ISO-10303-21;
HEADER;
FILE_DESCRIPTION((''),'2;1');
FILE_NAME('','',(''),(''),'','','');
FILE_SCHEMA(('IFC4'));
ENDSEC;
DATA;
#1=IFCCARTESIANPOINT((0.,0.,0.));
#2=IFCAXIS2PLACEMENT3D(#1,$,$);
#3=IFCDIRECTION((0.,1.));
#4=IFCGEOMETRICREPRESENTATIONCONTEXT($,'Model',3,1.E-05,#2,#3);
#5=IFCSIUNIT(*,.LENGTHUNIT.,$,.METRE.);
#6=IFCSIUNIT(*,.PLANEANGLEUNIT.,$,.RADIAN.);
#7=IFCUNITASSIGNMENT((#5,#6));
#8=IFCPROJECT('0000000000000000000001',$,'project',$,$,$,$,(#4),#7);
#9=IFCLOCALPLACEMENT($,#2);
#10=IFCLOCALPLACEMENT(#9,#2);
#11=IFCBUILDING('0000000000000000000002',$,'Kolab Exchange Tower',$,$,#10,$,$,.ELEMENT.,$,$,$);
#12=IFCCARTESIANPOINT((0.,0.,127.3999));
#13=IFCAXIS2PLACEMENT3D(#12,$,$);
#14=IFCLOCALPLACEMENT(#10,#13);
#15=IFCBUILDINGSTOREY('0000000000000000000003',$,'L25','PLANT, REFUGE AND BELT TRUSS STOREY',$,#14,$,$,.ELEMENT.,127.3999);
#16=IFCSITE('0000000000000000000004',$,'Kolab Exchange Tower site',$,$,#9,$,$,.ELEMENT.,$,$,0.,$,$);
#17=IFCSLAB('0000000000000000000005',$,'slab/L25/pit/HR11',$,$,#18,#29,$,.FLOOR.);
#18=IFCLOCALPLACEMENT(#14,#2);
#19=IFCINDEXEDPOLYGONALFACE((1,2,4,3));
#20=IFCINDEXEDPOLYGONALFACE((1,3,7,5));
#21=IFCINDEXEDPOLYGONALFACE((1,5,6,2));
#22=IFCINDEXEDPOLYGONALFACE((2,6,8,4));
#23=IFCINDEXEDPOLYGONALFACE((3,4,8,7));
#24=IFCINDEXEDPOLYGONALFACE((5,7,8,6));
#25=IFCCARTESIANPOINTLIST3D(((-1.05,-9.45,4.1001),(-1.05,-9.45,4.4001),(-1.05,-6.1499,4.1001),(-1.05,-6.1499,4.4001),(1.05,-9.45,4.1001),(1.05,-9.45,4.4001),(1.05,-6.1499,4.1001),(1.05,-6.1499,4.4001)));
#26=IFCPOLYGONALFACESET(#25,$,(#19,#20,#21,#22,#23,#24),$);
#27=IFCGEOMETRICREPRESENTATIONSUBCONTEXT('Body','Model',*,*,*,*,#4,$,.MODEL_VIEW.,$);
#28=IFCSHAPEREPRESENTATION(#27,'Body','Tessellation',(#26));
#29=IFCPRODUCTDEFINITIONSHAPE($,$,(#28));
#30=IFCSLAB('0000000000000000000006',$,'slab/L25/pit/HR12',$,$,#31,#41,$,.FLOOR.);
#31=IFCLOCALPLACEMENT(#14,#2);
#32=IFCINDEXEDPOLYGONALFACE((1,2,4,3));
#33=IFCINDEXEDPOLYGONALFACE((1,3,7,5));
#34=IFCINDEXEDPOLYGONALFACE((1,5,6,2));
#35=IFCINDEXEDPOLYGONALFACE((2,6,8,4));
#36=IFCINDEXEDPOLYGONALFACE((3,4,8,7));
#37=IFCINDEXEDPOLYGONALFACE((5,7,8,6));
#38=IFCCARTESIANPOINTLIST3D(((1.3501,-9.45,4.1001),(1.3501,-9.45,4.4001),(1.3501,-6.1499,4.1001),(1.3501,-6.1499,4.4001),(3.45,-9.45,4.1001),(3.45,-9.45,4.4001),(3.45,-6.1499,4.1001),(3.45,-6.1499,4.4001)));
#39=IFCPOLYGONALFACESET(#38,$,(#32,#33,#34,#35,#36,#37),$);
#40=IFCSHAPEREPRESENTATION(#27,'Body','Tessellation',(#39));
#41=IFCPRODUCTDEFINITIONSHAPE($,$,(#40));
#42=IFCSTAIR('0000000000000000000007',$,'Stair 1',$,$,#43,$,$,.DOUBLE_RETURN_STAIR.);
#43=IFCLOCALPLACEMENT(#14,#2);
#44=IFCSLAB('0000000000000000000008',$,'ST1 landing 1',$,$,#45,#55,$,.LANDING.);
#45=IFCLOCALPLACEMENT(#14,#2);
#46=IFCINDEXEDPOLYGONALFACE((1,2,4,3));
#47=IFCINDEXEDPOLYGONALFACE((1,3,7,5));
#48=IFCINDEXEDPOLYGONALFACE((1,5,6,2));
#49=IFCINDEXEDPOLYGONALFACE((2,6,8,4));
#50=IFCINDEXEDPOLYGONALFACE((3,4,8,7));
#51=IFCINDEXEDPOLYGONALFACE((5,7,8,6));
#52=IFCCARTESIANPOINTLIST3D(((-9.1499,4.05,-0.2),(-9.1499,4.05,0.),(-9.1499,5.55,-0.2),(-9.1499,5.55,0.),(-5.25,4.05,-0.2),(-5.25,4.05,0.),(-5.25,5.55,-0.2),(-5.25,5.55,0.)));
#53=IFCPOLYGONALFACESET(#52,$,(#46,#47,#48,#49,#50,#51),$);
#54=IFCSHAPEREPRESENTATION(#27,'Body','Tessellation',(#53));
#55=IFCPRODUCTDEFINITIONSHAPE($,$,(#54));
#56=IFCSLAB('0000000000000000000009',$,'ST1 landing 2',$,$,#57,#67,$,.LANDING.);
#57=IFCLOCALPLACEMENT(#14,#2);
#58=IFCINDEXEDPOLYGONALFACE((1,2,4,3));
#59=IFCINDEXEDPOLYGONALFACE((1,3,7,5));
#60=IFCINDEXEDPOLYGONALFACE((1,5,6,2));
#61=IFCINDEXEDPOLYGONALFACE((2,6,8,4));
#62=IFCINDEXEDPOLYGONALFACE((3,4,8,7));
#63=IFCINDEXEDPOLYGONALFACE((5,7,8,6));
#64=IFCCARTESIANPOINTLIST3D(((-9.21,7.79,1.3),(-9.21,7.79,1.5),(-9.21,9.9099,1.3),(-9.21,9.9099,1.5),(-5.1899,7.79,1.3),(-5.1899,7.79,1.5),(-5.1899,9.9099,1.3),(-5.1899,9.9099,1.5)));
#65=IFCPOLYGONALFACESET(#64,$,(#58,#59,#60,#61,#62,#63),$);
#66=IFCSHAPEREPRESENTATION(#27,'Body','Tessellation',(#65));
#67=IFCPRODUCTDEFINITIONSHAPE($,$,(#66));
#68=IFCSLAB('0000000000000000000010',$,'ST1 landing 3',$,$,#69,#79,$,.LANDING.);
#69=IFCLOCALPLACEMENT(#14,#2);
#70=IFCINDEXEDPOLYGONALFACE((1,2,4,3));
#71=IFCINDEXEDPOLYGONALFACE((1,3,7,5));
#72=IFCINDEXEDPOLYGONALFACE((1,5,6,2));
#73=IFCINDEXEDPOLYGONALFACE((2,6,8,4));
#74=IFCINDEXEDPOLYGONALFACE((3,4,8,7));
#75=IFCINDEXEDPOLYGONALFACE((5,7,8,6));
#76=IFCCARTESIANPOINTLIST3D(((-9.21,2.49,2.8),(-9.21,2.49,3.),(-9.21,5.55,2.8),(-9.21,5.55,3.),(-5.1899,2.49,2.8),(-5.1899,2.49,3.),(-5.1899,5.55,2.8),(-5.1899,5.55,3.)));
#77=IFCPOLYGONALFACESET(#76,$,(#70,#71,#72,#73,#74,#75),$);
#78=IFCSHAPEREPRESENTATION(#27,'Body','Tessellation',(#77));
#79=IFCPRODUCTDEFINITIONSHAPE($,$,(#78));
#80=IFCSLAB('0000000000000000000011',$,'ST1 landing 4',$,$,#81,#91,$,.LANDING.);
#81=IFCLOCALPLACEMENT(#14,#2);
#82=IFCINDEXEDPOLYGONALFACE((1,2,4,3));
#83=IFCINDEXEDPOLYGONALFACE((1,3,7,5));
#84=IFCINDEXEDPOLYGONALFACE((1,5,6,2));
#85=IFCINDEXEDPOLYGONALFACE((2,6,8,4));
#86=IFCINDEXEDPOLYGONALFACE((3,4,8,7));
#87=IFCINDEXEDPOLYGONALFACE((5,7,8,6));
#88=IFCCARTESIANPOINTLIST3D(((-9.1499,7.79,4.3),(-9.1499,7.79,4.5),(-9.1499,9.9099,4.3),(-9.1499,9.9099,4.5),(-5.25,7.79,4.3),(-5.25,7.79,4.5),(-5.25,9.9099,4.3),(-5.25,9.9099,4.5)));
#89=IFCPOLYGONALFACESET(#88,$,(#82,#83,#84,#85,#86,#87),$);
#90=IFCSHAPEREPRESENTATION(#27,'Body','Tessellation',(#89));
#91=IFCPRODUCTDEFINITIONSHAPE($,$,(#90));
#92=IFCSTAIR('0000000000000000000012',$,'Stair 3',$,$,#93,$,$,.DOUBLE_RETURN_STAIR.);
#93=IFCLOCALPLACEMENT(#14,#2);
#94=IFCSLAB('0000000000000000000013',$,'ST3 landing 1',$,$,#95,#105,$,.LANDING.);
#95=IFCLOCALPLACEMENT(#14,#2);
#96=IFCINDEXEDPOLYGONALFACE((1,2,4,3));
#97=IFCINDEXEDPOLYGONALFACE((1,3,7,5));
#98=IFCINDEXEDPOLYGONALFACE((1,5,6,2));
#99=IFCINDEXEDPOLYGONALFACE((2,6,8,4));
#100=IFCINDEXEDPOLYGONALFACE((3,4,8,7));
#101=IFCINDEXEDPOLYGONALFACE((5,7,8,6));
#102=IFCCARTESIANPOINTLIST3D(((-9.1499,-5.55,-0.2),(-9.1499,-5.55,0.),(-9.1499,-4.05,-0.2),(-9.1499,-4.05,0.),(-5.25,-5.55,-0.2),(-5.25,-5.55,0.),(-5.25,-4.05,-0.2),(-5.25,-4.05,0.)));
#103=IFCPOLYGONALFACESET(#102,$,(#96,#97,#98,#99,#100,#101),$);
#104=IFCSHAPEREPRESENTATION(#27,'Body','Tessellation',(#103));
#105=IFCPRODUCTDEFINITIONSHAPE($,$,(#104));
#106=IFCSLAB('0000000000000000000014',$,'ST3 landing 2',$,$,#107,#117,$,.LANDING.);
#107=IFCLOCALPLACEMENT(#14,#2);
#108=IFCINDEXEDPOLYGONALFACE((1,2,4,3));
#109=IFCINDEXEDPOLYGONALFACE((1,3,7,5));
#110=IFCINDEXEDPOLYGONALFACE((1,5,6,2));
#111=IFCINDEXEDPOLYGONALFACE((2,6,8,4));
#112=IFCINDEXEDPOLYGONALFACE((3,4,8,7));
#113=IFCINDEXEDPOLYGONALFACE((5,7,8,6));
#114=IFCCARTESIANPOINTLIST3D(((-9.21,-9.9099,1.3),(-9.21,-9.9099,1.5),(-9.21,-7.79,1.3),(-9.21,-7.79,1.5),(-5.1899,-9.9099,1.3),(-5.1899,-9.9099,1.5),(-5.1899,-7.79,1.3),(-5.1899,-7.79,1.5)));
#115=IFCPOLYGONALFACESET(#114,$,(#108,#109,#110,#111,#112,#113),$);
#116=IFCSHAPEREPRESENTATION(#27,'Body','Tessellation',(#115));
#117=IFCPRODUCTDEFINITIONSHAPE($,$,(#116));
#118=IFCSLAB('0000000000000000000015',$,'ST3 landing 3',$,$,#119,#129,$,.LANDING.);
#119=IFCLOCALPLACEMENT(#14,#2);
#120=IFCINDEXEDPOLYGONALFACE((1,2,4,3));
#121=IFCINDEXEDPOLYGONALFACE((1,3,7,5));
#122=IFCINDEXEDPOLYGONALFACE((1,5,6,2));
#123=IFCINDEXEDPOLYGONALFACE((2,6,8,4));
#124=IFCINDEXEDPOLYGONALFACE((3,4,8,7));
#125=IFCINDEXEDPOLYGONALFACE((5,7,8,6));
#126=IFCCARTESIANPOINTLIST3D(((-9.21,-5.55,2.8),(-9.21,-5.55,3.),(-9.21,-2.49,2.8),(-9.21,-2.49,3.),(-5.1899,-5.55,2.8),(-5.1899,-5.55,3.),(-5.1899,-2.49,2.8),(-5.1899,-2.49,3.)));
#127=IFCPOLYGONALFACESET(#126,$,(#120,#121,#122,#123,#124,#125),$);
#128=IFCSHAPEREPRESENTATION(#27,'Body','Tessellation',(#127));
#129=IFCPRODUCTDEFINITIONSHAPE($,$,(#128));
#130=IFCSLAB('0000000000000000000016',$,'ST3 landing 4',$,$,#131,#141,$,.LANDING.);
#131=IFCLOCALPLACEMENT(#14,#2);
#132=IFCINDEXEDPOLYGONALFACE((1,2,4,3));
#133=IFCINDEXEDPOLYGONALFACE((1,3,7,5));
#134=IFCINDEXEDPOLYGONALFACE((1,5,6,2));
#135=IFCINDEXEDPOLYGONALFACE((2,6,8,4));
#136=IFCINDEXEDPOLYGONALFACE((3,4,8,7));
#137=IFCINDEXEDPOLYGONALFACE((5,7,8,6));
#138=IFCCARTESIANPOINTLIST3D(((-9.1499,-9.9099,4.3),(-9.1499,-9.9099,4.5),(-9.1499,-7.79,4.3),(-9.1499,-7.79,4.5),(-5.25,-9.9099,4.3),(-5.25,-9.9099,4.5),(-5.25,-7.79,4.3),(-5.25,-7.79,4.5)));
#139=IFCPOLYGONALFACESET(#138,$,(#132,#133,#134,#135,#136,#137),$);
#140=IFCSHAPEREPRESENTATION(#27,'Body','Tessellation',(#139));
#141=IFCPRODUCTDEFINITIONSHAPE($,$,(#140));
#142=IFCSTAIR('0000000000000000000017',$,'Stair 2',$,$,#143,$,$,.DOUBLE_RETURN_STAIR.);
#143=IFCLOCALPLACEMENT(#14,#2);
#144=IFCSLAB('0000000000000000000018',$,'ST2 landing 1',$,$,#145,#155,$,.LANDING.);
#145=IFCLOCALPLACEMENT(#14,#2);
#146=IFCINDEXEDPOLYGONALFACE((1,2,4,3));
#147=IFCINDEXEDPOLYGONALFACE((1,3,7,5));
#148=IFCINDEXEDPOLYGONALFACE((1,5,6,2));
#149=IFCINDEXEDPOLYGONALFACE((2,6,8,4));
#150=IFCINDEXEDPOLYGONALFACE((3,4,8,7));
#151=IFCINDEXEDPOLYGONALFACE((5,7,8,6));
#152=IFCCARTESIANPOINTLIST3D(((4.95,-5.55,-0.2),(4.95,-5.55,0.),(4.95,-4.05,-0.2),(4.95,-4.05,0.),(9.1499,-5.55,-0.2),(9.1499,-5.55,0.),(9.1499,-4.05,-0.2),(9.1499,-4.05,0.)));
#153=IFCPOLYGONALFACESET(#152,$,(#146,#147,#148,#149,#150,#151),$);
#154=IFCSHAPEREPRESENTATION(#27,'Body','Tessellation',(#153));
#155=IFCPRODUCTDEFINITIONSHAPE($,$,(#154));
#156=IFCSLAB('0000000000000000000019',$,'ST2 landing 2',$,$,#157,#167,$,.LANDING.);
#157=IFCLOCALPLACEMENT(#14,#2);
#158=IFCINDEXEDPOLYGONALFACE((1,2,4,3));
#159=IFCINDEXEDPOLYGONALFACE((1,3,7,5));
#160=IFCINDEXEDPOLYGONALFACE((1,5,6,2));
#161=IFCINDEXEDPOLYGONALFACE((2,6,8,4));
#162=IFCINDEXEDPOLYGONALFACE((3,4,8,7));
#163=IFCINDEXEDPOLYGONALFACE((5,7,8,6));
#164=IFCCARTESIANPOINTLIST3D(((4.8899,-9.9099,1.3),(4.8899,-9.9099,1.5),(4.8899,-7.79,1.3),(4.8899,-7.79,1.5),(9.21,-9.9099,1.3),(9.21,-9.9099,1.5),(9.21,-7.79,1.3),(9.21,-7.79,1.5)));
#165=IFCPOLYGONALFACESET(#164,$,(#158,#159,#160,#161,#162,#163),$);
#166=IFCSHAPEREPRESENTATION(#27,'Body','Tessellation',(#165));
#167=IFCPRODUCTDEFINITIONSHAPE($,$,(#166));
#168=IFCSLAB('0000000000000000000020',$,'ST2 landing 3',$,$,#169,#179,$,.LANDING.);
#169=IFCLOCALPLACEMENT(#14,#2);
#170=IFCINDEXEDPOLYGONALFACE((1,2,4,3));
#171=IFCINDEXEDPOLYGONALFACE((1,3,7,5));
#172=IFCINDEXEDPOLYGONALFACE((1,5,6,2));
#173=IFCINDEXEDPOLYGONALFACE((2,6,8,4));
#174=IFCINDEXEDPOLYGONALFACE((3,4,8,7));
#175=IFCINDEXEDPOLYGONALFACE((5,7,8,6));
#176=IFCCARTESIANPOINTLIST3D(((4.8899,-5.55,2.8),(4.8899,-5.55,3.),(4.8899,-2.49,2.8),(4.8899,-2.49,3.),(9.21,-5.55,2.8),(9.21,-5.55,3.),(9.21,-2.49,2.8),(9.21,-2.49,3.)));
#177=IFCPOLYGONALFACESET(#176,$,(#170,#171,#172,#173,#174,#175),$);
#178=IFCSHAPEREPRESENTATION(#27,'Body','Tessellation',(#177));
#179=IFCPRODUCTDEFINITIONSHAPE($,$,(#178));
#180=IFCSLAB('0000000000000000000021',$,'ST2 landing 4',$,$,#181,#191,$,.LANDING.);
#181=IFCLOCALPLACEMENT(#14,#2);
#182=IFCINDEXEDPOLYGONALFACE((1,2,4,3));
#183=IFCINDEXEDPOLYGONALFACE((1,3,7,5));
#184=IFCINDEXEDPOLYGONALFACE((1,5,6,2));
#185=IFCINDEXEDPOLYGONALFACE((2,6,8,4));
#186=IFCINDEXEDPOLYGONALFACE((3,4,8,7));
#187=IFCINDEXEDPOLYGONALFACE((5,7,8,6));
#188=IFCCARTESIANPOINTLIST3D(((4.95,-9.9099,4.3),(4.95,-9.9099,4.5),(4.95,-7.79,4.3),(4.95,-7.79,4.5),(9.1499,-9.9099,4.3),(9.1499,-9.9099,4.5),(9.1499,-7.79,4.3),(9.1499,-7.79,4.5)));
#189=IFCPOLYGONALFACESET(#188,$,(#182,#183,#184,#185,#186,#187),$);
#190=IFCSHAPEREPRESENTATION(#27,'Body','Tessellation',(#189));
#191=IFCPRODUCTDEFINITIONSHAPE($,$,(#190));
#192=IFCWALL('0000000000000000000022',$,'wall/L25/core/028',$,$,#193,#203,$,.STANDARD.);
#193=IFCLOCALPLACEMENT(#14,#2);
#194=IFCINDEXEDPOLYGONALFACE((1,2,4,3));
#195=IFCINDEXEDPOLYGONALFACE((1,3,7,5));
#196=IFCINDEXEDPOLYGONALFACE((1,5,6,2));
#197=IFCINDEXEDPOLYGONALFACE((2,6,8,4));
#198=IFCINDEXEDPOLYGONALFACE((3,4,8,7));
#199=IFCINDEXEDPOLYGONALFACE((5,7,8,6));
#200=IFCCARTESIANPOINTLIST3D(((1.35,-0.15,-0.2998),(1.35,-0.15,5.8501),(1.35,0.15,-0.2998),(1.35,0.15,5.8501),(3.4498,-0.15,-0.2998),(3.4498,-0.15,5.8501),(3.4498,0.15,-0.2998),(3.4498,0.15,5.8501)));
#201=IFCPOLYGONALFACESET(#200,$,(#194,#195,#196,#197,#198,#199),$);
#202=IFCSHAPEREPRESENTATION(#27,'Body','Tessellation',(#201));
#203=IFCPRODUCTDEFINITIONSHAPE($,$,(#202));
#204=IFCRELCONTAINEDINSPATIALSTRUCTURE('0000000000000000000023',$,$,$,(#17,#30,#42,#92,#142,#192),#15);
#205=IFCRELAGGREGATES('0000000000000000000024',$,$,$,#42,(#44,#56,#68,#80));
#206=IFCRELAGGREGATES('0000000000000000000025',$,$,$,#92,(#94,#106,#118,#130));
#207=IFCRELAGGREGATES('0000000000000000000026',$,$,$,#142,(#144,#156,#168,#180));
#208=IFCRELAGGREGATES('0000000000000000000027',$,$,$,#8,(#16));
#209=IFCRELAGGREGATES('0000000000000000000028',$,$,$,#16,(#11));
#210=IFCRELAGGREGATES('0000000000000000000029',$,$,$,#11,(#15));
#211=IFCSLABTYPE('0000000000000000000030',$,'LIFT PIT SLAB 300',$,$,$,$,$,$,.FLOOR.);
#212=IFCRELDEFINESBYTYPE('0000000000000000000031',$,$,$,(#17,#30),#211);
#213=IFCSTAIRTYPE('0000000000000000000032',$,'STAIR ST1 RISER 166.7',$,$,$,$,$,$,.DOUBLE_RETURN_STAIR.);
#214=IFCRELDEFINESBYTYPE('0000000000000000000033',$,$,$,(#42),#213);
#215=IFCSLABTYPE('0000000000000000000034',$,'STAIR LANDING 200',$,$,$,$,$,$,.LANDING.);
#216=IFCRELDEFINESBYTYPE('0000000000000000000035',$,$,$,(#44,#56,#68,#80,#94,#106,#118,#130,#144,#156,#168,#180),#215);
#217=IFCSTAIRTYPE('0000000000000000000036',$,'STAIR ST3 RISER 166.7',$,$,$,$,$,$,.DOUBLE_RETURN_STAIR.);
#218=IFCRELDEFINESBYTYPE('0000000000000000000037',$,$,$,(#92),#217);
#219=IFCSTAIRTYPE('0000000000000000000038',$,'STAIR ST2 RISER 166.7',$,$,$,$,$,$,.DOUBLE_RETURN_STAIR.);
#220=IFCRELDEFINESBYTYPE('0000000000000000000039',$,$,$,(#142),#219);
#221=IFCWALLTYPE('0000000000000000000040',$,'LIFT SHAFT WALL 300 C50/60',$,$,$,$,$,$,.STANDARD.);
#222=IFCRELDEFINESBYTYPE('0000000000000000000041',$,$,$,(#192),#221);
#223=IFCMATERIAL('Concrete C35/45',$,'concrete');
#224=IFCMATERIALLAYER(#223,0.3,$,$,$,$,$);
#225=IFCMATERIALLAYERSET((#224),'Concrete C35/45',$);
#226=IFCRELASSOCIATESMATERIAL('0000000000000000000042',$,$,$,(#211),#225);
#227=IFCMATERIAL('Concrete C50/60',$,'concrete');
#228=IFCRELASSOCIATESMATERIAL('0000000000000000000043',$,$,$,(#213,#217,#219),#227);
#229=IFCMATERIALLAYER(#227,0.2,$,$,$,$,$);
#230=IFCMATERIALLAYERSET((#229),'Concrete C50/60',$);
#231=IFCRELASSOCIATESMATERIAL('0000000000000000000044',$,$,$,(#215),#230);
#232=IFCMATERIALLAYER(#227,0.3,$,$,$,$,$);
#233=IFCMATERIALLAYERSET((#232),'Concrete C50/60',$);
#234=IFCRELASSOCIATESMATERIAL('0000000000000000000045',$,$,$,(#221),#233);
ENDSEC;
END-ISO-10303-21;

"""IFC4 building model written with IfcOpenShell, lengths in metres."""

from ifc_helpers import new_model, si_unit, direction, frame, frame_2d, origin, place, context, subcontext, project, spatial, polyline, rectangle, outline, extrude, material, layer, layer_set, type_object, element, aggregate, save


model = new_model("IFC4")

# Units and contexts
model_context = context("Model", 3, precision=1e-05, world=origin(), true_north=direction((0.0, 1.0)))
body_context = subcontext(model_context, "Body", "Model", "MODEL_VIEW")
ifc_project = project(units=[si_unit("LENGTHUNIT", "METRE"), si_unit("PLANEANGLEUNIT", "RADIAN")], contexts=[model_context])

# Site, building, storey
site_placement = place(None, origin())
site = spatial("IfcSite", under=ifc_project, at=site_placement, Name="Kolab Exchange Tower site", CompositionType="ELEMENT", RefElevation=0.0)
building_placement = place(site_placement, origin())
building = spatial("IfcBuilding", under=site, at=building_placement, Name="Kolab Exchange Tower", CompositionType="ELEMENT")
storey_placement = place(building_placement, frame((0.0, 0.0, 127.3999)))
storey = spatial("IfcBuildingStorey", under=building, at=storey_placement, Name="L25", Description="PLANT, REFUGE AND BELT TRUSS STOREY", CompositionType="ELEMENT", Elevation=127.3999)

# Slabs
ifc_material_1 = material(Name="Concrete C35/45", Category="concrete")
ifc_layer_1 = layer(ifc_material_1, 0.3)
ifc_layer_set_1 = layer_set([ifc_layer_1], Name="Concrete C35/45")
slab_type_1 = type_object("IfcSlabType", Name="LIFT PIT SLAB 300", PredefinedType="FLOOR", material=ifc_layer_set_1)
slab_1_placement = place(storey_placement, frame((0.0, 0.0, 4.1001)))
element("IfcSlab", 1, at=slab_1_placement, inside=storey, type_object=slab_type_1, Name="slab/L25/pit/HR11", PredefinedType="FLOOR", context=body_context, shape_type="SweptSolid", body=[
    extrude(outline(polyline([(-1.05, -9.45), (1.05, -9.45), (1.05, -6.1499), (-1.05, -6.1499), (-1.05, -9.45)])), origin(), (0.0, 0.0, 1.0), 0.3),
])
slab_2_placement = place(storey_placement, frame((0.0, 0.0, 4.1001)))
element("IfcSlab", 2, at=slab_2_placement, inside=storey, type_object=slab_type_1, Name="slab/L25/pit/HR12", PredefinedType="FLOOR", context=body_context, shape_type="SweptSolid", body=[
    extrude(outline(polyline([(1.3501, -9.45), (3.45, -9.45), (3.45, -6.1499), (1.3501, -6.1499), (1.3501, -9.45)])), origin(), (0.0, 0.0, 1.0), 0.3),
])

# Stairs, slabs
ifc_material_2 = material(Name="Concrete C50/60", Category="concrete")
stair_type_1 = type_object("IfcStairType", Name="STAIR ST1 RISER 166.7", PredefinedType="DOUBLE_RETURN_STAIR", material=ifc_material_2)
stair_1_placement = place(storey_placement, origin())
stair_1 = element("IfcStair", 3, at=stair_1_placement, inside=storey, type_object=stair_type_1, Name="Stair 1", PredefinedType="DOUBLE_RETURN_STAIR")
ifc_layer_2 = layer(ifc_material_2, 0.2)
ifc_layer_set_2 = layer_set([ifc_layer_2], Name="Concrete C50/60")
slab_type_2 = type_object("IfcSlabType", Name="STAIR LANDING 200", PredefinedType="LANDING", material=ifc_layer_set_2)
slab_3_placement = place(storey_placement, frame((0.0, 0.0, -0.2)))
slab_3 = element("IfcSlab", 4, at=slab_3_placement, type_object=slab_type_2, Name="ST1 landing 1", PredefinedType="LANDING", context=body_context, shape_type="SweptSolid", body=[
    extrude(outline(polyline([(-9.1499, 4.05), (-5.25, 4.05), (-5.25, 5.55), (-9.1499, 5.55), (-9.1499, 4.05)])), origin(), (0.0, 0.0, 1.0), 0.2),
])
slab_4_placement = place(storey_placement, frame((0.0, 0.0, 1.3)))
slab_4 = element("IfcSlab", 5, at=slab_4_placement, type_object=slab_type_2, Name="ST1 landing 2", PredefinedType="LANDING", context=body_context, shape_type="SweptSolid", body=[
    extrude(outline(polyline([(-9.21, 7.79), (-5.1899, 7.79), (-5.1899, 9.9099), (-9.21, 9.9099), (-9.21, 7.79)])), origin(), (0.0, 0.0, 1.0), 0.2),
])
slab_5_placement = place(storey_placement, frame((0.0, 0.0, 2.8)))
slab_5 = element("IfcSlab", 6, at=slab_5_placement, type_object=slab_type_2, Name="ST1 landing 3", PredefinedType="LANDING", context=body_context, shape_type="SweptSolid", body=[
    extrude(outline(polyline([(-9.21, 2.49), (-5.1899, 2.49), (-5.1899, 5.55), (-9.21, 5.55), (-9.21, 2.49)])), origin(), (0.0, 0.0, 1.0), 0.2),
])
slab_6_placement = place(storey_placement, frame((0.0, 0.0, 4.3)))
slab_6 = element("IfcSlab", 7, at=slab_6_placement, type_object=slab_type_2, Name="ST1 landing 4", PredefinedType="LANDING", context=body_context, shape_type="SweptSolid", body=[
    extrude(outline(polyline([(-9.1499, 7.79), (-5.25, 7.79), (-5.25, 9.9099), (-9.1499, 9.9099), (-9.1499, 7.79)])), origin(), (0.0, 0.0, 1.0), 0.2),
])
aggregate(stair_1, [slab_3, slab_4, slab_5, slab_6])
stair_type_2 = type_object("IfcStairType", Name="STAIR ST3 RISER 166.7", PredefinedType="DOUBLE_RETURN_STAIR", material=ifc_material_2)
stair_2_placement = place(storey_placement, origin())
stair_2 = element("IfcStair", 8, at=stair_2_placement, inside=storey, type_object=stair_type_2, Name="Stair 3", PredefinedType="DOUBLE_RETURN_STAIR")
slab_7_placement = place(storey_placement, frame((0.0, 0.0, -0.2)))
slab_7 = element("IfcSlab", 9, at=slab_7_placement, type_object=slab_type_2, Name="ST3 landing 1", PredefinedType="LANDING", context=body_context, shape_type="SweptSolid", body=[
    extrude(outline(polyline([(-9.1499, -5.55), (-5.25, -5.55), (-5.25, -4.05), (-9.1499, -4.05), (-9.1499, -5.55)])), origin(), (0.0, 0.0, 1.0), 0.2),
])
slab_8_placement = place(storey_placement, frame((0.0, 0.0, 1.3)))
slab_8 = element("IfcSlab", 10, at=slab_8_placement, type_object=slab_type_2, Name="ST3 landing 2", PredefinedType="LANDING", context=body_context, shape_type="SweptSolid", body=[
    extrude(outline(polyline([(-9.21, -9.9099), (-5.1899, -9.9099), (-5.1899, -7.79), (-9.21, -7.79), (-9.21, -9.9099)])), origin(), (0.0, 0.0, 1.0), 0.2),
])
slab_9_placement = place(storey_placement, frame((0.0, 0.0, 2.8)))
slab_9 = element("IfcSlab", 11, at=slab_9_placement, type_object=slab_type_2, Name="ST3 landing 3", PredefinedType="LANDING", context=body_context, shape_type="SweptSolid", body=[
    extrude(outline(polyline([(-9.21, -5.55), (-5.1899, -5.55), (-5.1899, -2.49), (-9.21, -2.49), (-9.21, -5.55)])), origin(), (0.0, 0.0, 1.0), 0.2),
])
slab_10_placement = place(storey_placement, frame((0.0, 0.0, 4.3)))
slab_10 = element("IfcSlab", 12, at=slab_10_placement, type_object=slab_type_2, Name="ST3 landing 4", PredefinedType="LANDING", context=body_context, shape_type="SweptSolid", body=[
    extrude(outline(polyline([(-9.1499, -9.9099), (-5.25, -9.9099), (-5.25, -7.79), (-9.1499, -7.79), (-9.1499, -9.9099)])), origin(), (0.0, 0.0, 1.0), 0.2),
])
aggregate(stair_2, [slab_7, slab_8, slab_9, slab_10])
stair_type_3 = type_object("IfcStairType", Name="STAIR ST2 RISER 166.7", PredefinedType="DOUBLE_RETURN_STAIR", material=ifc_material_2)
stair_3_placement = place(storey_placement, origin())
stair_3 = element("IfcStair", 13, at=stair_3_placement, inside=storey, type_object=stair_type_3, Name="Stair 2", PredefinedType="DOUBLE_RETURN_STAIR")
slab_11_placement = place(storey_placement, frame((0.0, 0.0, -0.2)))
slab_11 = element("IfcSlab", 14, at=slab_11_placement, type_object=slab_type_2, Name="ST2 landing 1", PredefinedType="LANDING", context=body_context, shape_type="SweptSolid", body=[
    extrude(outline(polyline([(4.95, -5.55), (9.1499, -5.55), (9.1499, -4.05), (4.95, -4.05), (4.95, -5.55)])), origin(), (0.0, 0.0, 1.0), 0.2),
])
slab_12_placement = place(storey_placement, frame((0.0, 0.0, 1.3)))
slab_12 = element("IfcSlab", 15, at=slab_12_placement, type_object=slab_type_2, Name="ST2 landing 2", PredefinedType="LANDING", context=body_context, shape_type="SweptSolid", body=[
    extrude(outline(polyline([(4.8899, -9.9099), (9.21, -9.9099), (9.21, -7.79), (4.8899, -7.79), (4.8899, -9.9099)])), origin(), (0.0, 0.0, 1.0), 0.2),
])
slab_13_placement = place(storey_placement, frame((0.0, 0.0, 2.8)))
slab_13 = element("IfcSlab", 16, at=slab_13_placement, type_object=slab_type_2, Name="ST2 landing 3", PredefinedType="LANDING", context=body_context, shape_type="SweptSolid", body=[
    extrude(outline(polyline([(4.8899, -5.55), (9.21, -5.55), (9.21, -2.49), (4.8899, -2.49), (4.8899, -5.55)])), origin(), (0.0, 0.0, 1.0), 0.2),
])
slab_14_placement = place(storey_placement, frame((0.0, 0.0, 4.3)))
slab_14 = element("IfcSlab", 17, at=slab_14_placement, type_object=slab_type_2, Name="ST2 landing 4", PredefinedType="LANDING", context=body_context, shape_type="SweptSolid", body=[
    extrude(outline(polyline([(4.95, -9.9099), (9.1499, -9.9099), (9.1499, -7.79), (4.95, -7.79), (4.95, -9.9099)])), origin(), (0.0, 0.0, 1.0), 0.2),
])
aggregate(stair_3, [slab_11, slab_12, slab_13, slab_14])

# Wall
ifc_layer_3 = layer(ifc_material_2, 0.3)
ifc_layer_set_3 = layer_set([ifc_layer_3], Name="Concrete C50/60")
wall_type = type_object("IfcWallType", Name="LIFT SHAFT WALL 300 C50/60", PredefinedType="STANDARD", material=ifc_layer_set_3)
wall_1_placement = place(storey_placement, frame((1.3501, 0.0, -0.2998), z_axis=(0.0, 0.0, 1.0), x_axis=(1.0, 0.0, 0.0)))
element("IfcWall", 18, at=wall_1_placement, inside=storey, type_object=wall_type, Name="wall/L25/core/028", PredefinedType="STANDARD", context=body_context, shape_type="SweptSolid", body=[
    extrude(rectangle(XDim=2.0999, YDim=0.3, at=frame_2d((1.0498, 0.0))), origin(), (0.0, 0.0, 1.0), 6.1499),
])

save(model, "model.ifc")
